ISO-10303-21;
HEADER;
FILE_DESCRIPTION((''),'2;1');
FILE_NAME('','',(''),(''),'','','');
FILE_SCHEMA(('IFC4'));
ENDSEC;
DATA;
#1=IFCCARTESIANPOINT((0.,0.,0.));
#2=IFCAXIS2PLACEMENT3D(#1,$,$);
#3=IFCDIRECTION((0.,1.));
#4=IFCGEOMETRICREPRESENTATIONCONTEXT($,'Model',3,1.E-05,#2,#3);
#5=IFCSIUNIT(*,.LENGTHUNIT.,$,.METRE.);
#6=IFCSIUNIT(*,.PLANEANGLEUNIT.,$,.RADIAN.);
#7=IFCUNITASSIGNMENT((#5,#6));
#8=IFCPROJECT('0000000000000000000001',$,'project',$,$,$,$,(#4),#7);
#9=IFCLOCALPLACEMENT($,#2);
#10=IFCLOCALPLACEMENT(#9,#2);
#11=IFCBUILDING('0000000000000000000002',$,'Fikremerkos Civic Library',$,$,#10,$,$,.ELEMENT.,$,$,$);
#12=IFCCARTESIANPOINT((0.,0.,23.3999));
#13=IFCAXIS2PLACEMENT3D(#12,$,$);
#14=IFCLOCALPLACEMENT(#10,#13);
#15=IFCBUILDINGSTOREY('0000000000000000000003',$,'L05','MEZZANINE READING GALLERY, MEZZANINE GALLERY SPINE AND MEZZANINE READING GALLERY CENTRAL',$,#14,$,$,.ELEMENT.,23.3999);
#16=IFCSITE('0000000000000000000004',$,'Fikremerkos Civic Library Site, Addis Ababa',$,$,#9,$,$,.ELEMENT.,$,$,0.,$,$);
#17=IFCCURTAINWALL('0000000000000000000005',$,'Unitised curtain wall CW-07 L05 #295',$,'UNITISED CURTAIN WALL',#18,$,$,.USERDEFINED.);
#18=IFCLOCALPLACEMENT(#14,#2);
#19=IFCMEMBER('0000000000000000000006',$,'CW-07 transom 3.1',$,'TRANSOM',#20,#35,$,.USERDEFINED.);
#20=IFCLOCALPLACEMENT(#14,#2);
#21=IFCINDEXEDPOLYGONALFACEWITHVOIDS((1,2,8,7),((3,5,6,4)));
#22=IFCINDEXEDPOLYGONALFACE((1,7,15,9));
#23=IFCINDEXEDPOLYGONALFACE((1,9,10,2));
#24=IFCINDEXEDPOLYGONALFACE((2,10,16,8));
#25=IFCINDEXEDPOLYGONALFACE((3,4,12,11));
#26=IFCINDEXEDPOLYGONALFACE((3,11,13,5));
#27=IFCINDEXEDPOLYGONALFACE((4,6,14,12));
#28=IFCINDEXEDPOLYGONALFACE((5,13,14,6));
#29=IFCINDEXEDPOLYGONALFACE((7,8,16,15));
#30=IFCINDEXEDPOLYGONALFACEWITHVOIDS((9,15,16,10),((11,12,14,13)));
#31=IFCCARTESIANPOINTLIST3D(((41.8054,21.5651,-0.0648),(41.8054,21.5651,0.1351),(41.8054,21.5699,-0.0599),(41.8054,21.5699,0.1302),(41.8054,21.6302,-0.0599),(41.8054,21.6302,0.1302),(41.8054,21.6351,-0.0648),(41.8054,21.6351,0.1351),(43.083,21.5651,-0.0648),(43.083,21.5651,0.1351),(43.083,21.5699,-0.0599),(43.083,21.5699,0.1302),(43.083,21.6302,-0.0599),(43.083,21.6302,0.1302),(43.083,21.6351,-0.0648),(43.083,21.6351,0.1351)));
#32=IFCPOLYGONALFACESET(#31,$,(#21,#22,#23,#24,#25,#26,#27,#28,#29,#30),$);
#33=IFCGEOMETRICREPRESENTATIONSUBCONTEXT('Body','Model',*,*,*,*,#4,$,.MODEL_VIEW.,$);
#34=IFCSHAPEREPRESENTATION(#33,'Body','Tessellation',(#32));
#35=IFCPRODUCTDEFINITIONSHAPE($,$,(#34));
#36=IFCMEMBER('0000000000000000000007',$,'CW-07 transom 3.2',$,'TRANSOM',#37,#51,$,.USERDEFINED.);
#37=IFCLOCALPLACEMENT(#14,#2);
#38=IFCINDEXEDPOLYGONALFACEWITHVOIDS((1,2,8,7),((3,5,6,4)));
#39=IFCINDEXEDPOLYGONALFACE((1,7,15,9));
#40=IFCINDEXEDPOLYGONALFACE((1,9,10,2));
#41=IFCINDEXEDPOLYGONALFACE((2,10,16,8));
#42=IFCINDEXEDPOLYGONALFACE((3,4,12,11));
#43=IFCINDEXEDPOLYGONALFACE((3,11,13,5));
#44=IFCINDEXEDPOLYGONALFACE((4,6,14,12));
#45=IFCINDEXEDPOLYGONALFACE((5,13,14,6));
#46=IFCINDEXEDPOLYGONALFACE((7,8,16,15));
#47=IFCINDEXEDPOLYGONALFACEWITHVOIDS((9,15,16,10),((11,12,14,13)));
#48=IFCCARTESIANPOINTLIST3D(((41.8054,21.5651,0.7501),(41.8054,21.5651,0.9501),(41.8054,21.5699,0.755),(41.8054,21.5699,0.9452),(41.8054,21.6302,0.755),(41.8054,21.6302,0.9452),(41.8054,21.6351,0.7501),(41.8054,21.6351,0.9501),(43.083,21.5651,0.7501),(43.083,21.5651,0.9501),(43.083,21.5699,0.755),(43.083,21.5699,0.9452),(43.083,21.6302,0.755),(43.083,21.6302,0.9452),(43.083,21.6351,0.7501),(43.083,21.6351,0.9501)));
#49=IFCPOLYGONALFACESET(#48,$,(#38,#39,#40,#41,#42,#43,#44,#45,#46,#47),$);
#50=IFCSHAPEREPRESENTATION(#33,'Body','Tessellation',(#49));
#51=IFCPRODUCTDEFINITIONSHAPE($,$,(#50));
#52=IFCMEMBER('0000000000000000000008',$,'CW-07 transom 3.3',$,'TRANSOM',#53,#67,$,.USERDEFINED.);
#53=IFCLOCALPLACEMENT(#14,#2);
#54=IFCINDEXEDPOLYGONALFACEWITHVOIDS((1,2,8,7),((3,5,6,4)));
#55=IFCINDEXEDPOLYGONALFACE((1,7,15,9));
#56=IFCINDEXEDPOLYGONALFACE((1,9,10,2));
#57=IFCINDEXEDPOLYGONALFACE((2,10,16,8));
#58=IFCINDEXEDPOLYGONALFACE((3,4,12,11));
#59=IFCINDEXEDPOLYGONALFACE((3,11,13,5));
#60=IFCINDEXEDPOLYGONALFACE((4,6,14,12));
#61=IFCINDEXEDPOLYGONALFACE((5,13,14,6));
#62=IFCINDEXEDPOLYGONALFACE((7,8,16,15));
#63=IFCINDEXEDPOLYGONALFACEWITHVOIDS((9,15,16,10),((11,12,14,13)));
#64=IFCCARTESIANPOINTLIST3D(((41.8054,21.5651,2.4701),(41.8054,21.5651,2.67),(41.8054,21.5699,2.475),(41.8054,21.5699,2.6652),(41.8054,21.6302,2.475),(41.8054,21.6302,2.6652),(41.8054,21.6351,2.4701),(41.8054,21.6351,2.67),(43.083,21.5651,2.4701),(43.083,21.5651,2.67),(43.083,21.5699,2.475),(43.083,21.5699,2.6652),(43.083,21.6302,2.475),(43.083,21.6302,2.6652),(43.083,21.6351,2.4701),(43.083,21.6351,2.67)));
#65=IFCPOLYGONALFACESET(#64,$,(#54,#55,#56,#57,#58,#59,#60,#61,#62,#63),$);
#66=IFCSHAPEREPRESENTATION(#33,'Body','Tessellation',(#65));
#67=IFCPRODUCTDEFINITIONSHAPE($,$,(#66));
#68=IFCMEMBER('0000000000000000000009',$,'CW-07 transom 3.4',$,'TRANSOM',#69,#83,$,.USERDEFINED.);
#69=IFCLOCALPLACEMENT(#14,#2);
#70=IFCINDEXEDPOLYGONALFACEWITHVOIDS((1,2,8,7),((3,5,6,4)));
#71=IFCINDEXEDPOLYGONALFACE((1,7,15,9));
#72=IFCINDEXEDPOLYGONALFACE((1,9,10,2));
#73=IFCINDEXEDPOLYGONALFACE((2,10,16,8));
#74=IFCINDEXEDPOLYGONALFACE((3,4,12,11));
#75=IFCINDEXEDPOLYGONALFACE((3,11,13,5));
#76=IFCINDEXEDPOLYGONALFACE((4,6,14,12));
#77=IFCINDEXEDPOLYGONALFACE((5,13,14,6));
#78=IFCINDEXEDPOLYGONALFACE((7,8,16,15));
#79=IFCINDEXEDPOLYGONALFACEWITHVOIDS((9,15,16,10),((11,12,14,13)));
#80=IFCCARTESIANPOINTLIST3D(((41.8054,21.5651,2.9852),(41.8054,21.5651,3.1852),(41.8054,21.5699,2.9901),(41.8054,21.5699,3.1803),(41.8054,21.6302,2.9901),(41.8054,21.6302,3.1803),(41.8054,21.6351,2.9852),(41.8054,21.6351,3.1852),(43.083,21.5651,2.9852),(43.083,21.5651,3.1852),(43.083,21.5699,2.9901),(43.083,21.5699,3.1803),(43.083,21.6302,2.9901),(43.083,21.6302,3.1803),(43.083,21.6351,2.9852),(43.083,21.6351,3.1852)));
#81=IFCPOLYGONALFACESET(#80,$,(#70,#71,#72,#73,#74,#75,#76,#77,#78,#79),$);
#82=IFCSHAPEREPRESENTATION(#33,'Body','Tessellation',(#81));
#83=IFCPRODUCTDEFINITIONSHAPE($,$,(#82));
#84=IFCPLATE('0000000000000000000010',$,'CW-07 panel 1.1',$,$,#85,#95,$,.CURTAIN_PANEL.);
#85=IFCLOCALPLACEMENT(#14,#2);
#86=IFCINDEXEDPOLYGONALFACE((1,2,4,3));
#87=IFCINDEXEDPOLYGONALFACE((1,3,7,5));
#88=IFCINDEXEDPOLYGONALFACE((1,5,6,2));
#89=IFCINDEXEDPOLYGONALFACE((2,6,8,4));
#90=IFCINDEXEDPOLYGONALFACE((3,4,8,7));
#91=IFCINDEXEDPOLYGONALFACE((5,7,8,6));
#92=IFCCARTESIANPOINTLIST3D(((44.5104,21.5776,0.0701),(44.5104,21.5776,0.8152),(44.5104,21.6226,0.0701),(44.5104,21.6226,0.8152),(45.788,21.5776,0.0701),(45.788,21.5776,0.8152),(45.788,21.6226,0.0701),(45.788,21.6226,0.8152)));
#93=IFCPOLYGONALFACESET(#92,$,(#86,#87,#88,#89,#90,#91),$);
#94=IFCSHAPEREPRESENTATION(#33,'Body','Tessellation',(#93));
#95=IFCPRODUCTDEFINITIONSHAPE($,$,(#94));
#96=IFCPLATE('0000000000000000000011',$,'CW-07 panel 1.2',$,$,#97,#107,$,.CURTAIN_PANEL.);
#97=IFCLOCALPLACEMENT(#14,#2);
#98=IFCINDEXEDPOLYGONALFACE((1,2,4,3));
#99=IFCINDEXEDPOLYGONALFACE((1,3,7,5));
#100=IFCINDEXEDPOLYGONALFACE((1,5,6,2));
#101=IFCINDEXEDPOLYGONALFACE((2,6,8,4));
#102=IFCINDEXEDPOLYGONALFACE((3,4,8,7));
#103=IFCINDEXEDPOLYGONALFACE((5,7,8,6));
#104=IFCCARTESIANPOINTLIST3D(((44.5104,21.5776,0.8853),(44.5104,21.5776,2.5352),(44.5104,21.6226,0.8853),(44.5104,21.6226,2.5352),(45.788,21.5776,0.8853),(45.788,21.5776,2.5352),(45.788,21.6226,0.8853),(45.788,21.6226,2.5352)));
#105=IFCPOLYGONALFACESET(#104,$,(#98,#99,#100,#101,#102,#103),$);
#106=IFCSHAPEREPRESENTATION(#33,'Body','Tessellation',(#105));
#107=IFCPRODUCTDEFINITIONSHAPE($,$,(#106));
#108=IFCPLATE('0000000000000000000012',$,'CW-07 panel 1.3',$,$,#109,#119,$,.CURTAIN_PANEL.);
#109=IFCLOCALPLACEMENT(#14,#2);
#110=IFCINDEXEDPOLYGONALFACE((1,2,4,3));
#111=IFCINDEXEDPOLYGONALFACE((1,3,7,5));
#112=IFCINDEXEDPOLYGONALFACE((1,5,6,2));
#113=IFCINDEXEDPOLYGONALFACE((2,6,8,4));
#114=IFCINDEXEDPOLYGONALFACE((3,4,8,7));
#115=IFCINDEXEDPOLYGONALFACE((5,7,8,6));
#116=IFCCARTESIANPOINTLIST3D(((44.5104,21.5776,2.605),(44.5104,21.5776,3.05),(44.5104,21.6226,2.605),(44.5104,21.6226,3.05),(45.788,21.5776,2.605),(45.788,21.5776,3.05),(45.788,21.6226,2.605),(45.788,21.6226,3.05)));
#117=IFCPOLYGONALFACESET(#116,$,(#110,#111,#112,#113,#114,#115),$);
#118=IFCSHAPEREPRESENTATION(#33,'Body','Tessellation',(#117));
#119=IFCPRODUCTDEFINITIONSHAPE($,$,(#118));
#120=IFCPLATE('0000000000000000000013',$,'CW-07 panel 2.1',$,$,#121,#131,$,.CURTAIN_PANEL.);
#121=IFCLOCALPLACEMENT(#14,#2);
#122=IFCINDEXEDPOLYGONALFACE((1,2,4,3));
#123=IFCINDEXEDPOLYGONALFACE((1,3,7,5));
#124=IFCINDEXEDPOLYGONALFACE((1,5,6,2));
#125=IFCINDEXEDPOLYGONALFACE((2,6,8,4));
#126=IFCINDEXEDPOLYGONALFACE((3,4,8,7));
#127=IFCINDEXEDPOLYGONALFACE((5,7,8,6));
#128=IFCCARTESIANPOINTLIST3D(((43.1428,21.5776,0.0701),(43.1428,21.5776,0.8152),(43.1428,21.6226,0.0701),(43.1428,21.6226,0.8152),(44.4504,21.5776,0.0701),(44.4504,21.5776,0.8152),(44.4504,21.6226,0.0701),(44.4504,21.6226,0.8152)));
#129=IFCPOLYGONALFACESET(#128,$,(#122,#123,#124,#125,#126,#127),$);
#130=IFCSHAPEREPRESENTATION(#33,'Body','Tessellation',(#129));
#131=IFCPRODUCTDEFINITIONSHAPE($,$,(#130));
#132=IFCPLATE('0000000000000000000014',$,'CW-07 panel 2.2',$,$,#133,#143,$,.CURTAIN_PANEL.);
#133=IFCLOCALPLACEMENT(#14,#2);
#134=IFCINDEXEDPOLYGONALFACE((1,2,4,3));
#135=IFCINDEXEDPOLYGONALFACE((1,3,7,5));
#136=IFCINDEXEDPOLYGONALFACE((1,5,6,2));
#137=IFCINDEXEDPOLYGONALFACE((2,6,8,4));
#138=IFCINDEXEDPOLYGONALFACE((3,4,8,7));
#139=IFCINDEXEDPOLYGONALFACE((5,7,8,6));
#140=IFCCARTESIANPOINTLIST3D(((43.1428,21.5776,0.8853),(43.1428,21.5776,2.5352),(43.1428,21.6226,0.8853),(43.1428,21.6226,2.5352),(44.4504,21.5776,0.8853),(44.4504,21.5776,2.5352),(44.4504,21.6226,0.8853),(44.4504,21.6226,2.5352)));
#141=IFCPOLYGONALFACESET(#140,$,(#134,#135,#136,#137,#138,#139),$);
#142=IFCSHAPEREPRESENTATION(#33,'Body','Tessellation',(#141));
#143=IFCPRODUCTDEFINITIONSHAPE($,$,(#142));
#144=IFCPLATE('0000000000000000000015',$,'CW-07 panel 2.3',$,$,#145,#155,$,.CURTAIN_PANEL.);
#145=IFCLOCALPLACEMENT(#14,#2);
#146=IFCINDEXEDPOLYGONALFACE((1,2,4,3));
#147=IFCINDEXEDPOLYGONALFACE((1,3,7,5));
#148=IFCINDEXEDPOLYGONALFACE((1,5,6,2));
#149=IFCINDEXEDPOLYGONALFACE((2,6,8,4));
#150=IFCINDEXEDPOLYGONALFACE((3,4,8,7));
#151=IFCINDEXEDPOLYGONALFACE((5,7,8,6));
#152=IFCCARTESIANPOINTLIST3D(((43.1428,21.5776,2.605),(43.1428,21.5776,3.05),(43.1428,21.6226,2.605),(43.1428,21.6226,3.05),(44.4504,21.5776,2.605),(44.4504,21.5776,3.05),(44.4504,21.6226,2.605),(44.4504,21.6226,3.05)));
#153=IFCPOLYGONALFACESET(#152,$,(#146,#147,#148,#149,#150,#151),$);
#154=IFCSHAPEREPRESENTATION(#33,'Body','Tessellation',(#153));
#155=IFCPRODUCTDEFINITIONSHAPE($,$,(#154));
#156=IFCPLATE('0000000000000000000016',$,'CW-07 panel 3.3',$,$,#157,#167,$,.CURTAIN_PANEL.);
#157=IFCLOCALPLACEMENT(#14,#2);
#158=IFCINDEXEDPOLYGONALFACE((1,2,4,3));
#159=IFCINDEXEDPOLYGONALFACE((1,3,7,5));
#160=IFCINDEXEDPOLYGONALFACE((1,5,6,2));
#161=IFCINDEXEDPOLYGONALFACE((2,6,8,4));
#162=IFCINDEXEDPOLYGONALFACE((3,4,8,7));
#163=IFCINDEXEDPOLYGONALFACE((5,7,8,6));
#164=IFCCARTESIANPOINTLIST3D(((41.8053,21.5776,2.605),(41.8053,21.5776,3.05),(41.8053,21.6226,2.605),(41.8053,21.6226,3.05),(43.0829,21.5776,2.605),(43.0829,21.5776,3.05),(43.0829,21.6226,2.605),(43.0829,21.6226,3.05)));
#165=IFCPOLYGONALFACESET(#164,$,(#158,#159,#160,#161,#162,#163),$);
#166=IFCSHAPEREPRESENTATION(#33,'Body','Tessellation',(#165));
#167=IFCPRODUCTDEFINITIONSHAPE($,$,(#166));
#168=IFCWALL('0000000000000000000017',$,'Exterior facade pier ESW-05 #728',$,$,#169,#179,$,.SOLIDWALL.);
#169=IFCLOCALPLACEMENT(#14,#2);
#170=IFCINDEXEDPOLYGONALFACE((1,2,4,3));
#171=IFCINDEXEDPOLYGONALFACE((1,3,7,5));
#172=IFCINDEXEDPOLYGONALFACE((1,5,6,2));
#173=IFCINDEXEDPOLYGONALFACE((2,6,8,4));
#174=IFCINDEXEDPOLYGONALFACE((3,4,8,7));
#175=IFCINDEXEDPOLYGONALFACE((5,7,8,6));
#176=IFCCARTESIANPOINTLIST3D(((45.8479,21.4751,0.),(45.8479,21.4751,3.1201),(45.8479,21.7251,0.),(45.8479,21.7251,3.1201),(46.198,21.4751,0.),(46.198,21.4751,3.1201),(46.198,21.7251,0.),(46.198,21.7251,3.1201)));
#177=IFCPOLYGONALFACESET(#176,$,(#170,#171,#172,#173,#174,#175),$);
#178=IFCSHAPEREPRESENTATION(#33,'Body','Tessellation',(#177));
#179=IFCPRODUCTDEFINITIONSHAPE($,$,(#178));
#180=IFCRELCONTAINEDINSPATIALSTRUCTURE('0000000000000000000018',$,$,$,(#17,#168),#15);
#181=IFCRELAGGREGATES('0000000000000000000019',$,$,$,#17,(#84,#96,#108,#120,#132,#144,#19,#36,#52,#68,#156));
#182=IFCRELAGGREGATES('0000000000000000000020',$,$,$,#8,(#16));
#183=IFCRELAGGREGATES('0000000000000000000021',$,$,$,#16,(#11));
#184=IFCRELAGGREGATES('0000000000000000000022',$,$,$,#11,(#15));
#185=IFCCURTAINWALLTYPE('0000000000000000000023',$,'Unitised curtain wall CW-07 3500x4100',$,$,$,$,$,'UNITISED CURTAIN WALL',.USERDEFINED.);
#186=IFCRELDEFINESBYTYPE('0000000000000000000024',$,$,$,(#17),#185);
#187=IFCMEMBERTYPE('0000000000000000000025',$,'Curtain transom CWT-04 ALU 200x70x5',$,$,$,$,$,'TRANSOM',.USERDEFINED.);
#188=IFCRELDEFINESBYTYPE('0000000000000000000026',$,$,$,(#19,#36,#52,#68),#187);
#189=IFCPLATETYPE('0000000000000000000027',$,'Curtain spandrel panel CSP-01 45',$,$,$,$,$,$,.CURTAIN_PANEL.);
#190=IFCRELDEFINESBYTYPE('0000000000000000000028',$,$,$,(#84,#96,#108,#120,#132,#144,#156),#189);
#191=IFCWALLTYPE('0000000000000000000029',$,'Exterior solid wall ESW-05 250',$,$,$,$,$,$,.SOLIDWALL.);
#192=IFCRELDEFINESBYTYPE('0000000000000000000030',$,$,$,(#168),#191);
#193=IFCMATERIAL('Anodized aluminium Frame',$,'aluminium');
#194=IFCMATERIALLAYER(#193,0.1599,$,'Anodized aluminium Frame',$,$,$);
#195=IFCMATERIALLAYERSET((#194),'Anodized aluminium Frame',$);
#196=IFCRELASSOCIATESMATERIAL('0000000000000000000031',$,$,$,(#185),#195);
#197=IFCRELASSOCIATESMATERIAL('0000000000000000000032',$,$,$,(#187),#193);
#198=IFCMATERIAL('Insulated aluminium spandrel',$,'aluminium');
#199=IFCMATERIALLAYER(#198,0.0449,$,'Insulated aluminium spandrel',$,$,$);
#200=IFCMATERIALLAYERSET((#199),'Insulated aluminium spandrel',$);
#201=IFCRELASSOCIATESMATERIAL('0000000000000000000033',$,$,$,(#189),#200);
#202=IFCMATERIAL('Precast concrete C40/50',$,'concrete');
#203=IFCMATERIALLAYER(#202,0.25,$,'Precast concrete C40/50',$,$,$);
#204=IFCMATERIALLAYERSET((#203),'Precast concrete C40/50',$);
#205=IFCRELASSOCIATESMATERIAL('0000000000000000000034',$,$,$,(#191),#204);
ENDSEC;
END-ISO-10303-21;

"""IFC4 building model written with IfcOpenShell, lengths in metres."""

from ifc_helpers import new_model, si_unit, direction, frame, frame_2d, origin, origin_2d, place, context, subcontext, project, spatial, rectangle, hollow_rectangle, extrude, material, layer, layer_set, material_profile, profile_set, type_object, element, aggregate, save


model = new_model("IFC4")

# Units and contexts
model_context = context("Model", 3, precision=1e-05, world=origin(), true_north=direction((0.0, 1.0)))
body_context = subcontext(model_context, "Body", "Model", "MODEL_VIEW")
ifc_project = project(units=[si_unit("LENGTHUNIT", "METRE"), si_unit("PLANEANGLEUNIT", "RADIAN")], contexts=[model_context])

# Site, building, storey
site_placement = place(None, origin())
site = spatial("IfcSite", under=ifc_project, at=site_placement, Name="Fikremerkos Civic Library Site, Addis Ababa", CompositionType="ELEMENT", RefElevation=0.0)
building_placement = place(site_placement, origin())
building = spatial("IfcBuilding", under=site, at=building_placement, Name="Fikremerkos Civic Library", CompositionType="ELEMENT")
storey_placement = place(building_placement, frame((0.0, 0.0, 23.3999)))
storey = spatial("IfcBuildingStorey", under=building, at=storey_placement, Name="L05", Description="MEZZANINE READING GALLERY, MEZZANINE GALLERY SPINE AND MEZZANINE READING GALLERY CENTRAL", CompositionType="ELEMENT", Elevation=23.3999)

# Curtain wall, members, plates
ifc_material_1 = material(Name="Anodized aluminium Frame", Category="aluminium")
ifc_layer_1 = layer(ifc_material_1, 0.1599, Name="Anodized aluminium Frame")
ifc_layer_set_1 = layer_set([ifc_layer_1], Name="Anodized aluminium Frame")
curtain_wall_type = type_object("IfcCurtainWallType", Name="Unitised curtain wall CW-07 3500x4100", ElementType="UNITISED CURTAIN WALL", PredefinedType="USERDEFINED", material=ifc_layer_set_1)
curtain_wall_placement = place(storey_placement, origin())
curtain_wall = element("IfcCurtainWall", 1, at=curtain_wall_placement, inside=storey, type_object=curtain_wall_type, Name="Unitised curtain wall CW-07 L05 #295", ObjectType="UNITISED CURTAIN WALL", PredefinedType="USERDEFINED")
ifc_material_profile_1 = material_profile(ifc_material_1, hollow_rectangle(XDim=0.0701, YDim=0.2, WallThickness=0.0049, at=origin_2d()), Name="ALU 200x70x5")
ifc_profile_set_1 = profile_set([ifc_material_profile_1], Name="Anodized aluminium Frame")
member_type_1 = type_object("IfcMemberType", Name="Curtain transom CWT-04 ALU 200x70x5", ElementType="TRANSOM", PredefinedType="USERDEFINED", material=ifc_profile_set_1)
member_1_placement = place(storey_placement, frame((43.083, 21.6001, 0.0352), z_axis=(-1.0, 0.0, 0.0), x_axis=(0.0, -1.0, 0.0)))
member_1 = element("IfcMember", 2, at=member_1_placement, type_object=member_type_1, Name="CW-07 transom 3.1", ObjectType="TRANSOM", PredefinedType="USERDEFINED", context=body_context, shape_type="SweptSolid", body=[
    extrude(hollow_rectangle(XDim=0.0701, YDim=0.2, WallThickness=0.0049, at=origin_2d()), origin(), (0.0, 0.0, 1.0), 1.2776),
])
member_2_placement = place(storey_placement, frame((43.083, 21.6001, 0.8501), z_axis=(-1.0, 0.0, 0.0), x_axis=(0.0, -1.0, 0.0)))
member_2 = element("IfcMember", 3, at=member_2_placement, type_object=member_type_1, Name="CW-07 transom 3.2", ObjectType="TRANSOM", PredefinedType="USERDEFINED", context=body_context, shape_type="SweptSolid", body=[
    extrude(hollow_rectangle(XDim=0.0701, YDim=0.2, WallThickness=0.0049, at=origin_2d()), origin(), (0.0, 0.0, 1.0), 1.2776),
])
member_3_placement = place(storey_placement, frame((43.083, 21.6001, 2.5701), z_axis=(-1.0, 0.0, 0.0), x_axis=(0.0, -1.0, 0.0)))
member_3 = element("IfcMember", 4, at=member_3_placement, type_object=member_type_1, Name="CW-07 transom 3.3", ObjectType="TRANSOM", PredefinedType="USERDEFINED", context=body_context, shape_type="SweptSolid", body=[
    extrude(hollow_rectangle(XDim=0.0701, YDim=0.2, WallThickness=0.0049, at=origin_2d()), origin(), (0.0, 0.0, 1.0), 1.2776),
])
member_4_placement = place(storey_placement, frame((43.083, 21.6001, 3.0852), z_axis=(-1.0, 0.0, 0.0), x_axis=(0.0, -1.0, 0.0)))
member_4 = element("IfcMember", 5, at=member_4_placement, type_object=member_type_1, Name="CW-07 transom 3.4", ObjectType="TRANSOM", PredefinedType="USERDEFINED", context=body_context, shape_type="SweptSolid", body=[
    extrude(hollow_rectangle(XDim=0.0701, YDim=0.2, WallThickness=0.0049, at=origin_2d()), origin(), (0.0, 0.0, 1.0), 1.2776),
])
ifc_material_2 = material(Name="Insulated aluminium spandrel", Category="aluminium")
ifc_layer_2 = layer(ifc_material_2, 0.0449, Name="Insulated aluminium spandrel")
ifc_layer_set_2 = layer_set([ifc_layer_2], Name="Insulated aluminium spandrel")
plate_type = type_object("IfcPlateType", Name="Curtain spandrel panel CSP-01 45", PredefinedType="CURTAIN_PANEL", material=ifc_layer_set_2)
plate_1_placement = place(storey_placement, frame((45.1492, 21.6001, 0.0701), z_axis=(0.0, 0.0, 1.0), x_axis=(-1.0, 0.0, 0.0)))
plate_1 = element("IfcPlate", 6, at=plate_1_placement, type_object=plate_type, Name="CW-07 panel 1.1", PredefinedType="CURTAIN_PANEL", context=body_context, shape_type="SweptSolid", body=[
    extrude(rectangle(XDim=1.2776, YDim=0.0449, at=origin_2d()), origin(), (0.0, 0.0, 1.0), 0.7451),
])
plate_2_placement = place(storey_placement, frame((45.1492, 21.6001, 0.8853), z_axis=(0.0, 0.0, 1.0), x_axis=(-1.0, 0.0, 0.0)))
plate_2 = element("IfcPlate", 7, at=plate_2_placement, type_object=plate_type, Name="CW-07 panel 1.2", PredefinedType="CURTAIN_PANEL", context=body_context, shape_type="SweptSolid", body=[
    extrude(rectangle(XDim=1.2776, YDim=0.0449, at=origin_2d()), origin(), (0.0, 0.0, 1.0), 1.6499),
])
plate_3_placement = place(storey_placement, frame((45.1492, 21.6001, 2.605), z_axis=(0.0, 0.0, 1.0), x_axis=(-1.0, 0.0, 0.0)))
plate_3 = element("IfcPlate", 8, at=plate_3_placement, type_object=plate_type, Name="CW-07 panel 1.3", PredefinedType="CURTAIN_PANEL", context=body_context, shape_type="SweptSolid", body=[
    extrude(rectangle(XDim=1.2776, YDim=0.0449, at=origin_2d()), origin(), (0.0, 0.0, 1.0), 0.4451),
])
plate_4_placement = place(storey_placement, frame((43.7966, 21.6001, 0.0701), z_axis=(0.0, 0.0, 1.0), x_axis=(-1.0, 0.0, 0.0)))
plate_4 = element("IfcPlate", 9, at=plate_4_placement, type_object=plate_type, Name="CW-07 panel 2.1", PredefinedType="CURTAIN_PANEL", context=body_context, shape_type="SweptSolid", body=[
    extrude(rectangle(XDim=1.3076, YDim=0.0449, at=origin_2d()), origin(), (0.0, 0.0, 1.0), 0.7451),
])
plate_5_placement = place(storey_placement, frame((43.7966, 21.6001, 0.8853), z_axis=(0.0, 0.0, 1.0), x_axis=(-1.0, 0.0, 0.0)))
plate_5 = element("IfcPlate", 10, at=plate_5_placement, type_object=plate_type, Name="CW-07 panel 2.2", PredefinedType="CURTAIN_PANEL", context=body_context, shape_type="SweptSolid", body=[
    extrude(rectangle(XDim=1.3076, YDim=0.0449, at=origin_2d()), origin(), (0.0, 0.0, 1.0), 1.6499),
])
plate_6_placement = place(storey_placement, frame((43.7966, 21.6001, 2.605), z_axis=(0.0, 0.0, 1.0), x_axis=(-1.0, 0.0, 0.0)))
plate_6 = element("IfcPlate", 11, at=plate_6_placement, type_object=plate_type, Name="CW-07 panel 2.3", PredefinedType="CURTAIN_PANEL", context=body_context, shape_type="SweptSolid", body=[
    extrude(rectangle(XDim=1.3076, YDim=0.0449, at=origin_2d()), origin(), (0.0, 0.0, 1.0), 0.4451),
])
plate_7_placement = place(storey_placement, frame((42.4441, 21.6001, 2.605), z_axis=(0.0, 0.0, 1.0), x_axis=(-1.0, 0.0, 0.0)))
plate_7 = element("IfcPlate", 12, at=plate_7_placement, type_object=plate_type, Name="CW-07 panel 3.3", PredefinedType="CURTAIN_PANEL", context=body_context, shape_type="SweptSolid", body=[
    extrude(rectangle(XDim=1.2776, YDim=0.0449, at=origin_2d()), origin(), (0.0, 0.0, 1.0), 0.4451),
])
aggregate(curtain_wall, [plate_1, plate_2, plate_3, plate_4, plate_5, plate_6, member_1, member_2, member_3, member_4, plate_7])

# Wall
ifc_material_3 = material(Name="Precast concrete C40/50", Category="concrete")
ifc_layer_3 = layer(ifc_material_3, 0.25, Name="Precast concrete C40/50")
ifc_layer_set_3 = layer_set([ifc_layer_3], Name="Precast concrete C40/50")
wall_type = type_object("IfcWallType", Name="Exterior solid wall ESW-05 250", PredefinedType="SOLIDWALL", material=ifc_layer_set_3)
wall_placement = place(storey_placement, frame((46.198, 21.6001, 0.0), z_axis=(0.0, 0.0, 1.0), x_axis=(-1.0, 0.0, 0.0)))
element("IfcWall", 13, at=wall_placement, inside=storey, type_object=wall_type, Name="Exterior facade pier ESW-05 #728", PredefinedType="SOLIDWALL", context=body_context, shape_type="SweptSolid", body=[
    extrude(rectangle(XDim=0.3501, YDim=0.25, at=frame_2d((0.175, 0.0))), origin(), (0.0, 0.0, 1.0), 3.1201),
])

save(model, "model.ifc")
